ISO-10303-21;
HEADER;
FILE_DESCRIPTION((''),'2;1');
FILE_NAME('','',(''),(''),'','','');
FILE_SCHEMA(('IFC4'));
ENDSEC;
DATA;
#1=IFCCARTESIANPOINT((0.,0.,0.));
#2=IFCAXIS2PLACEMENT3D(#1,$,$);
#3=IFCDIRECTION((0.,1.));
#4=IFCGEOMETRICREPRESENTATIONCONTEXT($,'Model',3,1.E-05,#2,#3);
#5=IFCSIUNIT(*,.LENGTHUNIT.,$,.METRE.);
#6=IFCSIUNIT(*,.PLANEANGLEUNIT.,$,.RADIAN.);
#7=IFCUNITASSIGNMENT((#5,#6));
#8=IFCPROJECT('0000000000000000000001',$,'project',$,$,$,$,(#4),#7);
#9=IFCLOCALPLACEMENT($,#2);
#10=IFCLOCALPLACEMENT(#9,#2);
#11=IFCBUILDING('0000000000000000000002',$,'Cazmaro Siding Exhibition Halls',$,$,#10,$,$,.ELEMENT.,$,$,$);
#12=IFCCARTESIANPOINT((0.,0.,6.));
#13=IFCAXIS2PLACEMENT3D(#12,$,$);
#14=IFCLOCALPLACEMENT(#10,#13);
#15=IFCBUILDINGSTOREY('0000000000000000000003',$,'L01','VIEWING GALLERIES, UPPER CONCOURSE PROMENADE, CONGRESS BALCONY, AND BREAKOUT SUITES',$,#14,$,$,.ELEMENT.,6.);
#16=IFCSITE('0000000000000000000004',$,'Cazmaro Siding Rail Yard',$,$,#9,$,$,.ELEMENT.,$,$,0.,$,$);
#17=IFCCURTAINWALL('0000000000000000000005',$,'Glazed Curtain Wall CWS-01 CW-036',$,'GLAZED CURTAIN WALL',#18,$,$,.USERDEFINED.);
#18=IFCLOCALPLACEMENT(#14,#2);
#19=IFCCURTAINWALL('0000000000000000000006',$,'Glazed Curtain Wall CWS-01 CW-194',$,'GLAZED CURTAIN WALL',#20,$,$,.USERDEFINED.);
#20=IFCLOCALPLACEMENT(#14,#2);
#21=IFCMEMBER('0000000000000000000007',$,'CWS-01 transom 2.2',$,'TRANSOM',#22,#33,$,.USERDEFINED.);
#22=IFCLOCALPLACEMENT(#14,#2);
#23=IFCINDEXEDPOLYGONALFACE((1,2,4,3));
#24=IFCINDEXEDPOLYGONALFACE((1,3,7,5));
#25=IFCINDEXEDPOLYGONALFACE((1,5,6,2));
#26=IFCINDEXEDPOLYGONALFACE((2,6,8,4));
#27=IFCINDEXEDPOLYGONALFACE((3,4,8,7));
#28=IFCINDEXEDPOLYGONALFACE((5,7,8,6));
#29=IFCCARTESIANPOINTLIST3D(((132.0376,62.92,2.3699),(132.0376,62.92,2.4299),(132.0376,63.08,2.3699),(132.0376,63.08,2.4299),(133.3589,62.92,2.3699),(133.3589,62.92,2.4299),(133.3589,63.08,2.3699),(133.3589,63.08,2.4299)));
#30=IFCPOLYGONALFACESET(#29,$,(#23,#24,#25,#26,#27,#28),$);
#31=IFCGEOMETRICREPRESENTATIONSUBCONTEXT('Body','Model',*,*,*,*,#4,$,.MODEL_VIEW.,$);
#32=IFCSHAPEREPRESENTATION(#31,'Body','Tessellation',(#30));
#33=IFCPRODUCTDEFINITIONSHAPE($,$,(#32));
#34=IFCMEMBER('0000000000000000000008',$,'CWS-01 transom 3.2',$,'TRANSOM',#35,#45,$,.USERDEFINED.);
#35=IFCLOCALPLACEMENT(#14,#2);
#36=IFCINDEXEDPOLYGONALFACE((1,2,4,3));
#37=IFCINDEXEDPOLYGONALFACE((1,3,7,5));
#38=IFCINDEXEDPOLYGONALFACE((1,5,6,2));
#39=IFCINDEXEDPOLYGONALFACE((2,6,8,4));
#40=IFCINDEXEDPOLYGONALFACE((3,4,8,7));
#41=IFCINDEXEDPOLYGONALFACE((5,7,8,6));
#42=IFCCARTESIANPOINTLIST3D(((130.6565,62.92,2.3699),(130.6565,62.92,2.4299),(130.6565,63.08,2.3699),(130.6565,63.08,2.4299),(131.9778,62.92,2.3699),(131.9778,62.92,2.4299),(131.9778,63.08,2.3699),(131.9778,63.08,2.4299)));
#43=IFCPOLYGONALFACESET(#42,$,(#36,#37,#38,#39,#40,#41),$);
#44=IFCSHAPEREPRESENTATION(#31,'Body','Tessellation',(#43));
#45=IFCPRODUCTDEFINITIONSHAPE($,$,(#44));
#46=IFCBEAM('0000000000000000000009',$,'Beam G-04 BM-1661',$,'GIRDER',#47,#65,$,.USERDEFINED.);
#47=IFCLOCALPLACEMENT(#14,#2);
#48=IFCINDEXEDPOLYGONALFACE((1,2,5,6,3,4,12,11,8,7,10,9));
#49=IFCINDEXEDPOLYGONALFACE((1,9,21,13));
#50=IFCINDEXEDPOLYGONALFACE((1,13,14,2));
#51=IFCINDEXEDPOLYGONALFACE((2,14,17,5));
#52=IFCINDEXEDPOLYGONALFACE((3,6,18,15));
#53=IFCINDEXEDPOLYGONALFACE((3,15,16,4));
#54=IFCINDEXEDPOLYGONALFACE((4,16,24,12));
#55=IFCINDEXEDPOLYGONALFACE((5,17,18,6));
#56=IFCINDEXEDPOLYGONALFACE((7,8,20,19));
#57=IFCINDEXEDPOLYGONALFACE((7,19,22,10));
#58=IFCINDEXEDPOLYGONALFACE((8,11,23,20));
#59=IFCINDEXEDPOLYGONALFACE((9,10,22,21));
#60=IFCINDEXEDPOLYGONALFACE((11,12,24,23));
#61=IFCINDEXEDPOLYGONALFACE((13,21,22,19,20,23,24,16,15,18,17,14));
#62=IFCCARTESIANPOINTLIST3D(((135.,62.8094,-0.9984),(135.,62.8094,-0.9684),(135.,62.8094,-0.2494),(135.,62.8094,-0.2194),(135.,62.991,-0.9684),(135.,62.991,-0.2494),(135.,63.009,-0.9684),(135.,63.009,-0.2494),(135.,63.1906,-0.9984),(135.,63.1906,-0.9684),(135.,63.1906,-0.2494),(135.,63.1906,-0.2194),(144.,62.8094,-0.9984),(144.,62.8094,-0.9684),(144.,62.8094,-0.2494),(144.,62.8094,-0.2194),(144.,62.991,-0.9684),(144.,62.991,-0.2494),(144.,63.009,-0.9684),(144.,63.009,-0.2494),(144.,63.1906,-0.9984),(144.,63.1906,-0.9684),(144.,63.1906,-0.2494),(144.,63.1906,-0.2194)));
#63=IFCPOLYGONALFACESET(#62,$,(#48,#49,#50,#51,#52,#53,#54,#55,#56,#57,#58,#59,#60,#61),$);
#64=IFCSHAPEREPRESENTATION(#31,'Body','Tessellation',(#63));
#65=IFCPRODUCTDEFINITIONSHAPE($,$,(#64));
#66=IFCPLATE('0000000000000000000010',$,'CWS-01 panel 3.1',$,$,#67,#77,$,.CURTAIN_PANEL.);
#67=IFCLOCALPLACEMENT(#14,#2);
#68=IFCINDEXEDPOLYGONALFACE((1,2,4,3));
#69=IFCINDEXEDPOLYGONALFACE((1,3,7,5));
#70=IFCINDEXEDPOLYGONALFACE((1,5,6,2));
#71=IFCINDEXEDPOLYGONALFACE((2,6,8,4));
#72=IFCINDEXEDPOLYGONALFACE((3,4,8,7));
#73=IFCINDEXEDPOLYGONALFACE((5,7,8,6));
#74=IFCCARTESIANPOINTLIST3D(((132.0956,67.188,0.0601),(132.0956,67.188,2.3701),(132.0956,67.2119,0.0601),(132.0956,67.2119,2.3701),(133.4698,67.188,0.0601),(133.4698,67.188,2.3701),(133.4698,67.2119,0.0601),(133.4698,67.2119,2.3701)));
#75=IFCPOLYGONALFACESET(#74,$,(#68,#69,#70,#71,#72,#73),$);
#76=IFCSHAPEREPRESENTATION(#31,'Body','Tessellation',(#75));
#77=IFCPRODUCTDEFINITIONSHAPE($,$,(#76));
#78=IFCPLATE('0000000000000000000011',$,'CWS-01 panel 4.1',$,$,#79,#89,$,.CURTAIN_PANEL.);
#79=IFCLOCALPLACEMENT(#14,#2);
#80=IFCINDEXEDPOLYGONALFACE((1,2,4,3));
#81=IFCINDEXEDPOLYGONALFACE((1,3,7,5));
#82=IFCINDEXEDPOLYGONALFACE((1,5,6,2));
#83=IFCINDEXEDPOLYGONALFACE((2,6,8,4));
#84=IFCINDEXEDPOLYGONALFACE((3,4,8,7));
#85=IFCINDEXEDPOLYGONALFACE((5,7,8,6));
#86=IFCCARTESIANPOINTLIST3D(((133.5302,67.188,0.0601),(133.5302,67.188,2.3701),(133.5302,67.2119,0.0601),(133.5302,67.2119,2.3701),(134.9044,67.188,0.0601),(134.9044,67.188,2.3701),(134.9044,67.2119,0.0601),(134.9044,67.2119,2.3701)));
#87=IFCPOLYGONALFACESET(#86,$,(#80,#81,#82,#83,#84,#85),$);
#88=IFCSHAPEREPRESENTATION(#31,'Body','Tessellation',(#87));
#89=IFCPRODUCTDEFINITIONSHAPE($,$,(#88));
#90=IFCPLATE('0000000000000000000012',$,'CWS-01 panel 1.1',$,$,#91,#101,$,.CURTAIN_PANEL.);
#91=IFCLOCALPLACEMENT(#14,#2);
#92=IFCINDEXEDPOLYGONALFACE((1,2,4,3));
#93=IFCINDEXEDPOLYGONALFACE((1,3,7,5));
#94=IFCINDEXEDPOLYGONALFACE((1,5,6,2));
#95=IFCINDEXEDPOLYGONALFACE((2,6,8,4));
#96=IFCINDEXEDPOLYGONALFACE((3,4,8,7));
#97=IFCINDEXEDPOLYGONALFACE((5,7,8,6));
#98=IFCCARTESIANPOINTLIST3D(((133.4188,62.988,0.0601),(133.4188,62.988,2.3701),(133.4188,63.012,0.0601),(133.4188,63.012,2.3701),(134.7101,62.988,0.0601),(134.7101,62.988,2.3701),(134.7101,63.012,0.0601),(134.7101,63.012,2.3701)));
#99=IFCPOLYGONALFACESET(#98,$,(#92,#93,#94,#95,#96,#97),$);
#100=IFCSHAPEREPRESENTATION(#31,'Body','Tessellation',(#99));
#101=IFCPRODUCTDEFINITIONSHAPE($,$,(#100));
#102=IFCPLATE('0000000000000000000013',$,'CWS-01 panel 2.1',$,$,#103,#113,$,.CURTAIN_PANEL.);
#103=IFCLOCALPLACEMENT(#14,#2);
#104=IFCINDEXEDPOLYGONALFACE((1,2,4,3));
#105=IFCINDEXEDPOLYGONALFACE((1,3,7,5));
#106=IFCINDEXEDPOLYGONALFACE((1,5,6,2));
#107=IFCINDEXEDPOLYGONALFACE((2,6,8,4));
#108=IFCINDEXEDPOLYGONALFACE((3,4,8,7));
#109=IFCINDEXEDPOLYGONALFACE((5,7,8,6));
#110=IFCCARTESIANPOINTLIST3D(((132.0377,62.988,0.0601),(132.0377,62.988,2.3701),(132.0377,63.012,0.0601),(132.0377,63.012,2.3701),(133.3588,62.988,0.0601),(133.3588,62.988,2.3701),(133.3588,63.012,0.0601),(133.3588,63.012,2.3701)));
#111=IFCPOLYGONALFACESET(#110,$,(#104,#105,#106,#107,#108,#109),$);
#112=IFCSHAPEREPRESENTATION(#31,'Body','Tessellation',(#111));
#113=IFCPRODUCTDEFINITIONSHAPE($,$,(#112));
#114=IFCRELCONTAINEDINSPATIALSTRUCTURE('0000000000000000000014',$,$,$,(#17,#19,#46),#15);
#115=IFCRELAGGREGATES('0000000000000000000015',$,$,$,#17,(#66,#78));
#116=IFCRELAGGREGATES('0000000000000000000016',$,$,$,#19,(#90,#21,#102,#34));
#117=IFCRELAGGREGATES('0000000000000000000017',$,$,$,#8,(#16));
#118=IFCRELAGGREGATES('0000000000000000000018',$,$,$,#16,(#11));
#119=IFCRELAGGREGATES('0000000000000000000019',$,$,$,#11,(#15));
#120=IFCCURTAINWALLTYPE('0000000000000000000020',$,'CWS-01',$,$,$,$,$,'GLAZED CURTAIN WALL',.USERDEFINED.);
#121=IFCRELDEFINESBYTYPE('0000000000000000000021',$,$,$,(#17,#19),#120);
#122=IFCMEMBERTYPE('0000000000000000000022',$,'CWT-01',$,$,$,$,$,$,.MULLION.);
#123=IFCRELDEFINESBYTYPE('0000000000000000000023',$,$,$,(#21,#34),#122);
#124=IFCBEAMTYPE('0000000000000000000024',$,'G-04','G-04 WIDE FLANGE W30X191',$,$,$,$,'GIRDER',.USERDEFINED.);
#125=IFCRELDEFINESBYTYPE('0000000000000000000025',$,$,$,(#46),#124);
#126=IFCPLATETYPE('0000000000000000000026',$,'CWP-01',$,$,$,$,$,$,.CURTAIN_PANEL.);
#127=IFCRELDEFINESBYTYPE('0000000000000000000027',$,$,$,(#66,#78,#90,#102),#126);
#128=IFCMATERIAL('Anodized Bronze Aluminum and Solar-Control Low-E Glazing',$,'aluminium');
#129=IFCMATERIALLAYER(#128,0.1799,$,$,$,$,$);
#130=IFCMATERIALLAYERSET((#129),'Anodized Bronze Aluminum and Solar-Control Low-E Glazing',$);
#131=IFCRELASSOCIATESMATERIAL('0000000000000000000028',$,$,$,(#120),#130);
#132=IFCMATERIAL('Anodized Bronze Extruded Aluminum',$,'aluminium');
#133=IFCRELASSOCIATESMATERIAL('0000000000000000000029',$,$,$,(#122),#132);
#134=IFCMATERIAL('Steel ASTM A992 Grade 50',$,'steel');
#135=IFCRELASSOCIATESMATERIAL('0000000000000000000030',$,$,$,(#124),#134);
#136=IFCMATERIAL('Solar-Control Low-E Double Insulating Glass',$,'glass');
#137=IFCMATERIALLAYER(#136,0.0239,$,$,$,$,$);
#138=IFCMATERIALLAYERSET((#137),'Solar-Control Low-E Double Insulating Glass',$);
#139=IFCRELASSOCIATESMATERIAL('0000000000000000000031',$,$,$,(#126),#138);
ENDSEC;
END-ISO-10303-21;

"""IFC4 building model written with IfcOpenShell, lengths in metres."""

from ifc_helpers import new_model, si_unit, direction, frame, origin, origin_2d, place, context, subcontext, project, spatial, rectangle, i_section, extrude, material, layer, layer_set, material_profile, profile_set, type_object, element, aggregate, save


model = new_model("IFC4")

# Units and contexts
model_context = context("Model", 3, precision=1e-05, world=origin(), true_north=direction((0.0, 1.0)))
body_context = subcontext(model_context, "Body", "Model", "MODEL_VIEW")
ifc_project = project(units=[si_unit("LENGTHUNIT", "METRE"), si_unit("PLANEANGLEUNIT", "RADIAN")], contexts=[model_context])

# Site, building, storey
site_placement = place(None, origin())
site = spatial("IfcSite", under=ifc_project, at=site_placement, Name="Cazmaro Siding Rail Yard", CompositionType="ELEMENT", RefElevation=0.0)
building_placement = place(site_placement, origin())
building = spatial("IfcBuilding", under=site, at=building_placement, Name="Cazmaro Siding Exhibition Halls", CompositionType="ELEMENT")
storey_placement = place(building_placement, frame((0.0, 0.0, 6.0)))
storey = spatial("IfcBuildingStorey", under=building, at=storey_placement, Name="L01", Description="VIEWING GALLERIES, UPPER CONCOURSE PROMENADE, CONGRESS BALCONY, AND BREAKOUT SUITES", CompositionType="ELEMENT", Elevation=6.0)

# Curtain walls
ifc_material_1 = material(Name="Anodized Bronze Aluminum and Solar-Control Low-E Glazing", Category="aluminium")
ifc_layer_1 = layer(ifc_material_1, 0.1799)
ifc_layer_set_1 = layer_set([ifc_layer_1], Name="Anodized Bronze Aluminum and Solar-Control Low-E Glazing")
curtain_wall_type = type_object("IfcCurtainWallType", Name="CWS-01", ElementType="GLAZED CURTAIN WALL", PredefinedType="USERDEFINED", material=ifc_layer_set_1)
curtain_wall_1_placement = place(storey_placement, origin())
curtain_wall_1 = element("IfcCurtainWall", 1, at=curtain_wall_1_placement, inside=storey, type_object=curtain_wall_type, Name="Glazed Curtain Wall CWS-01 CW-036", ObjectType="GLAZED CURTAIN WALL", PredefinedType="USERDEFINED")
curtain_wall_2_placement = place(storey_placement, origin())
curtain_wall_2 = element("IfcCurtainWall", 2, at=curtain_wall_2_placement, inside=storey, type_object=curtain_wall_type, Name="Glazed Curtain Wall CWS-01 CW-194", ObjectType="GLAZED CURTAIN WALL", PredefinedType="USERDEFINED")

# Members
ifc_material_2 = material(Name="Anodized Bronze Extruded Aluminum", Category="aluminium")
ifc_material_profile_1 = material_profile(ifc_material_2, rectangle(XDim=0.1599, YDim=0.0601, at=origin_2d()), Name="CWT-01")
ifc_profile_set_1 = profile_set([ifc_material_profile_1], Name="Anodized Bronze Extruded Aluminum")
member_type_1 = type_object("IfcMemberType", Name="CWT-01", PredefinedType="MULLION", material=ifc_profile_set_1)
member_1_placement = place(storey_placement, frame((133.3589, 63.0, 2.3999), z_axis=(-1.0, 0.0, 0.0), x_axis=(0.0, -1.0, 0.0)))
member_1 = element("IfcMember", 3, at=member_1_placement, type_object=member_type_1, Name="CWS-01 transom 2.2", ObjectType="TRANSOM", PredefinedType="USERDEFINED", context=body_context, shape_type="SweptSolid", body=[
    extrude(rectangle(XDim=0.1599, YDim=0.0601, at=origin_2d()), origin(), (0.0, 0.0, 1.0), 1.3213),
])
member_2_placement = place(storey_placement, frame((131.9778, 63.0, 2.3999), z_axis=(-1.0, 0.0, 0.0), x_axis=(0.0, -1.0, 0.0)))
member_2 = element("IfcMember", 4, at=member_2_placement, type_object=member_type_1, Name="CWS-01 transom 3.2", ObjectType="TRANSOM", PredefinedType="USERDEFINED", context=body_context, shape_type="SweptSolid", body=[
    extrude(rectangle(XDim=0.1599, YDim=0.0601, at=origin_2d()), origin(), (0.0, 0.0, 1.0), 1.3213),
])

# Beam
ifc_material_3 = material(Name="Steel ASTM A992 Grade 50", Category="steel")
ifc_material_profile_2 = material_profile(ifc_material_3, i_section(OverallWidth=0.3811, OverallDepth=0.7791, WebThickness=0.0181, FlangeThickness=0.03, at=origin_2d()), Name="W30X191")
ifc_profile_set_2 = profile_set([ifc_material_profile_2], Name="Steel ASTM A992 Grade 50")
beam_type = type_object("IfcBeamType", Name="G-04", Description="G-04 WIDE FLANGE W30X191", ElementType="GIRDER", PredefinedType="USERDEFINED", material=ifc_profile_set_2)
beam_placement = place(storey_placement, frame((135.0, 63.0, -0.6089), z_axis=(1.0, 0.0, 0.0), x_axis=(0.0, 1.0, 0.0)))
element("IfcBeam", 5, at=beam_placement, inside=storey, type_object=beam_type, Name="Beam G-04 BM-1661", ObjectType="GIRDER", PredefinedType="USERDEFINED", context=body_context, shape_type="SweptSolid", body=[
    extrude(i_section(OverallWidth=0.3811, OverallDepth=0.7791, WebThickness=0.0181, FlangeThickness=0.03, at=origin_2d()), origin(), (0.0, 0.0, 1.0), 9.0),
])

# Plates
ifc_material_4 = material(Name="Solar-Control Low-E Double Insulating Glass", Category="glass")
ifc_layer_2 = layer(ifc_material_4, 0.0239)
ifc_layer_set_2 = layer_set([ifc_layer_2], Name="Solar-Control Low-E Double Insulating Glass")
plate_type = type_object("IfcPlateType", Name="CWP-01", PredefinedType="CURTAIN_PANEL", material=ifc_layer_set_2)
plate_1_placement = place(storey_placement, frame((132.7827, 67.2, 0.0601), z_axis=(0.0, 0.0, 1.0), x_axis=(1.0, 0.0, 0.0)))
plate_1 = element("IfcPlate", 6, at=plate_1_placement, type_object=plate_type, Name="CWS-01 panel 3.1", PredefinedType="CURTAIN_PANEL", context=body_context, shape_type="SweptSolid", body=[
    extrude(rectangle(XDim=1.3743, YDim=0.0239, at=origin_2d()), origin(), (0.0, 0.0, 1.0), 2.3101),
])
plate_2_placement = place(storey_placement, frame((134.2173, 67.2, 0.0601), z_axis=(0.0, 0.0, 1.0), x_axis=(1.0, 0.0, 0.0)))
plate_2 = element("IfcPlate", 7, at=plate_2_placement, type_object=plate_type, Name="CWS-01 panel 4.1", PredefinedType="CURTAIN_PANEL", context=body_context, shape_type="SweptSolid", body=[
    extrude(rectangle(XDim=1.3743, YDim=0.0239, at=origin_2d()), origin(), (0.0, 0.0, 1.0), 2.3101),
])
aggregate(curtain_wall_1, [plate_1, plate_2])
plate_3_placement = place(storey_placement, frame((134.0645, 63.0, 0.0601), z_axis=(0.0, 0.0, 1.0), x_axis=(-1.0, 0.0, 0.0)))
plate_3 = element("IfcPlate", 8, at=plate_3_placement, type_object=plate_type, Name="CWS-01 panel 1.1", PredefinedType="CURTAIN_PANEL", context=body_context, shape_type="SweptSolid", body=[
    extrude(rectangle(XDim=1.2913, YDim=0.0239, at=origin_2d()), origin(), (0.0, 0.0, 1.0), 2.3101),
])
plate_4_placement = place(storey_placement, frame((132.6982, 63.0, 0.0601), z_axis=(0.0, 0.0, 1.0), x_axis=(-1.0, 0.0, 0.0)))
plate_4 = element("IfcPlate", 9, at=plate_4_placement, type_object=plate_type, Name="CWS-01 panel 2.1", PredefinedType="CURTAIN_PANEL", context=body_context, shape_type="SweptSolid", body=[
    extrude(rectangle(XDim=1.321, YDim=0.0239, at=origin_2d()), origin(), (0.0, 0.0, 1.0), 2.3101),
])
aggregate(curtain_wall_2, [plate_3, member_1, plate_4, member_2])

save(model, "model.ifc")
